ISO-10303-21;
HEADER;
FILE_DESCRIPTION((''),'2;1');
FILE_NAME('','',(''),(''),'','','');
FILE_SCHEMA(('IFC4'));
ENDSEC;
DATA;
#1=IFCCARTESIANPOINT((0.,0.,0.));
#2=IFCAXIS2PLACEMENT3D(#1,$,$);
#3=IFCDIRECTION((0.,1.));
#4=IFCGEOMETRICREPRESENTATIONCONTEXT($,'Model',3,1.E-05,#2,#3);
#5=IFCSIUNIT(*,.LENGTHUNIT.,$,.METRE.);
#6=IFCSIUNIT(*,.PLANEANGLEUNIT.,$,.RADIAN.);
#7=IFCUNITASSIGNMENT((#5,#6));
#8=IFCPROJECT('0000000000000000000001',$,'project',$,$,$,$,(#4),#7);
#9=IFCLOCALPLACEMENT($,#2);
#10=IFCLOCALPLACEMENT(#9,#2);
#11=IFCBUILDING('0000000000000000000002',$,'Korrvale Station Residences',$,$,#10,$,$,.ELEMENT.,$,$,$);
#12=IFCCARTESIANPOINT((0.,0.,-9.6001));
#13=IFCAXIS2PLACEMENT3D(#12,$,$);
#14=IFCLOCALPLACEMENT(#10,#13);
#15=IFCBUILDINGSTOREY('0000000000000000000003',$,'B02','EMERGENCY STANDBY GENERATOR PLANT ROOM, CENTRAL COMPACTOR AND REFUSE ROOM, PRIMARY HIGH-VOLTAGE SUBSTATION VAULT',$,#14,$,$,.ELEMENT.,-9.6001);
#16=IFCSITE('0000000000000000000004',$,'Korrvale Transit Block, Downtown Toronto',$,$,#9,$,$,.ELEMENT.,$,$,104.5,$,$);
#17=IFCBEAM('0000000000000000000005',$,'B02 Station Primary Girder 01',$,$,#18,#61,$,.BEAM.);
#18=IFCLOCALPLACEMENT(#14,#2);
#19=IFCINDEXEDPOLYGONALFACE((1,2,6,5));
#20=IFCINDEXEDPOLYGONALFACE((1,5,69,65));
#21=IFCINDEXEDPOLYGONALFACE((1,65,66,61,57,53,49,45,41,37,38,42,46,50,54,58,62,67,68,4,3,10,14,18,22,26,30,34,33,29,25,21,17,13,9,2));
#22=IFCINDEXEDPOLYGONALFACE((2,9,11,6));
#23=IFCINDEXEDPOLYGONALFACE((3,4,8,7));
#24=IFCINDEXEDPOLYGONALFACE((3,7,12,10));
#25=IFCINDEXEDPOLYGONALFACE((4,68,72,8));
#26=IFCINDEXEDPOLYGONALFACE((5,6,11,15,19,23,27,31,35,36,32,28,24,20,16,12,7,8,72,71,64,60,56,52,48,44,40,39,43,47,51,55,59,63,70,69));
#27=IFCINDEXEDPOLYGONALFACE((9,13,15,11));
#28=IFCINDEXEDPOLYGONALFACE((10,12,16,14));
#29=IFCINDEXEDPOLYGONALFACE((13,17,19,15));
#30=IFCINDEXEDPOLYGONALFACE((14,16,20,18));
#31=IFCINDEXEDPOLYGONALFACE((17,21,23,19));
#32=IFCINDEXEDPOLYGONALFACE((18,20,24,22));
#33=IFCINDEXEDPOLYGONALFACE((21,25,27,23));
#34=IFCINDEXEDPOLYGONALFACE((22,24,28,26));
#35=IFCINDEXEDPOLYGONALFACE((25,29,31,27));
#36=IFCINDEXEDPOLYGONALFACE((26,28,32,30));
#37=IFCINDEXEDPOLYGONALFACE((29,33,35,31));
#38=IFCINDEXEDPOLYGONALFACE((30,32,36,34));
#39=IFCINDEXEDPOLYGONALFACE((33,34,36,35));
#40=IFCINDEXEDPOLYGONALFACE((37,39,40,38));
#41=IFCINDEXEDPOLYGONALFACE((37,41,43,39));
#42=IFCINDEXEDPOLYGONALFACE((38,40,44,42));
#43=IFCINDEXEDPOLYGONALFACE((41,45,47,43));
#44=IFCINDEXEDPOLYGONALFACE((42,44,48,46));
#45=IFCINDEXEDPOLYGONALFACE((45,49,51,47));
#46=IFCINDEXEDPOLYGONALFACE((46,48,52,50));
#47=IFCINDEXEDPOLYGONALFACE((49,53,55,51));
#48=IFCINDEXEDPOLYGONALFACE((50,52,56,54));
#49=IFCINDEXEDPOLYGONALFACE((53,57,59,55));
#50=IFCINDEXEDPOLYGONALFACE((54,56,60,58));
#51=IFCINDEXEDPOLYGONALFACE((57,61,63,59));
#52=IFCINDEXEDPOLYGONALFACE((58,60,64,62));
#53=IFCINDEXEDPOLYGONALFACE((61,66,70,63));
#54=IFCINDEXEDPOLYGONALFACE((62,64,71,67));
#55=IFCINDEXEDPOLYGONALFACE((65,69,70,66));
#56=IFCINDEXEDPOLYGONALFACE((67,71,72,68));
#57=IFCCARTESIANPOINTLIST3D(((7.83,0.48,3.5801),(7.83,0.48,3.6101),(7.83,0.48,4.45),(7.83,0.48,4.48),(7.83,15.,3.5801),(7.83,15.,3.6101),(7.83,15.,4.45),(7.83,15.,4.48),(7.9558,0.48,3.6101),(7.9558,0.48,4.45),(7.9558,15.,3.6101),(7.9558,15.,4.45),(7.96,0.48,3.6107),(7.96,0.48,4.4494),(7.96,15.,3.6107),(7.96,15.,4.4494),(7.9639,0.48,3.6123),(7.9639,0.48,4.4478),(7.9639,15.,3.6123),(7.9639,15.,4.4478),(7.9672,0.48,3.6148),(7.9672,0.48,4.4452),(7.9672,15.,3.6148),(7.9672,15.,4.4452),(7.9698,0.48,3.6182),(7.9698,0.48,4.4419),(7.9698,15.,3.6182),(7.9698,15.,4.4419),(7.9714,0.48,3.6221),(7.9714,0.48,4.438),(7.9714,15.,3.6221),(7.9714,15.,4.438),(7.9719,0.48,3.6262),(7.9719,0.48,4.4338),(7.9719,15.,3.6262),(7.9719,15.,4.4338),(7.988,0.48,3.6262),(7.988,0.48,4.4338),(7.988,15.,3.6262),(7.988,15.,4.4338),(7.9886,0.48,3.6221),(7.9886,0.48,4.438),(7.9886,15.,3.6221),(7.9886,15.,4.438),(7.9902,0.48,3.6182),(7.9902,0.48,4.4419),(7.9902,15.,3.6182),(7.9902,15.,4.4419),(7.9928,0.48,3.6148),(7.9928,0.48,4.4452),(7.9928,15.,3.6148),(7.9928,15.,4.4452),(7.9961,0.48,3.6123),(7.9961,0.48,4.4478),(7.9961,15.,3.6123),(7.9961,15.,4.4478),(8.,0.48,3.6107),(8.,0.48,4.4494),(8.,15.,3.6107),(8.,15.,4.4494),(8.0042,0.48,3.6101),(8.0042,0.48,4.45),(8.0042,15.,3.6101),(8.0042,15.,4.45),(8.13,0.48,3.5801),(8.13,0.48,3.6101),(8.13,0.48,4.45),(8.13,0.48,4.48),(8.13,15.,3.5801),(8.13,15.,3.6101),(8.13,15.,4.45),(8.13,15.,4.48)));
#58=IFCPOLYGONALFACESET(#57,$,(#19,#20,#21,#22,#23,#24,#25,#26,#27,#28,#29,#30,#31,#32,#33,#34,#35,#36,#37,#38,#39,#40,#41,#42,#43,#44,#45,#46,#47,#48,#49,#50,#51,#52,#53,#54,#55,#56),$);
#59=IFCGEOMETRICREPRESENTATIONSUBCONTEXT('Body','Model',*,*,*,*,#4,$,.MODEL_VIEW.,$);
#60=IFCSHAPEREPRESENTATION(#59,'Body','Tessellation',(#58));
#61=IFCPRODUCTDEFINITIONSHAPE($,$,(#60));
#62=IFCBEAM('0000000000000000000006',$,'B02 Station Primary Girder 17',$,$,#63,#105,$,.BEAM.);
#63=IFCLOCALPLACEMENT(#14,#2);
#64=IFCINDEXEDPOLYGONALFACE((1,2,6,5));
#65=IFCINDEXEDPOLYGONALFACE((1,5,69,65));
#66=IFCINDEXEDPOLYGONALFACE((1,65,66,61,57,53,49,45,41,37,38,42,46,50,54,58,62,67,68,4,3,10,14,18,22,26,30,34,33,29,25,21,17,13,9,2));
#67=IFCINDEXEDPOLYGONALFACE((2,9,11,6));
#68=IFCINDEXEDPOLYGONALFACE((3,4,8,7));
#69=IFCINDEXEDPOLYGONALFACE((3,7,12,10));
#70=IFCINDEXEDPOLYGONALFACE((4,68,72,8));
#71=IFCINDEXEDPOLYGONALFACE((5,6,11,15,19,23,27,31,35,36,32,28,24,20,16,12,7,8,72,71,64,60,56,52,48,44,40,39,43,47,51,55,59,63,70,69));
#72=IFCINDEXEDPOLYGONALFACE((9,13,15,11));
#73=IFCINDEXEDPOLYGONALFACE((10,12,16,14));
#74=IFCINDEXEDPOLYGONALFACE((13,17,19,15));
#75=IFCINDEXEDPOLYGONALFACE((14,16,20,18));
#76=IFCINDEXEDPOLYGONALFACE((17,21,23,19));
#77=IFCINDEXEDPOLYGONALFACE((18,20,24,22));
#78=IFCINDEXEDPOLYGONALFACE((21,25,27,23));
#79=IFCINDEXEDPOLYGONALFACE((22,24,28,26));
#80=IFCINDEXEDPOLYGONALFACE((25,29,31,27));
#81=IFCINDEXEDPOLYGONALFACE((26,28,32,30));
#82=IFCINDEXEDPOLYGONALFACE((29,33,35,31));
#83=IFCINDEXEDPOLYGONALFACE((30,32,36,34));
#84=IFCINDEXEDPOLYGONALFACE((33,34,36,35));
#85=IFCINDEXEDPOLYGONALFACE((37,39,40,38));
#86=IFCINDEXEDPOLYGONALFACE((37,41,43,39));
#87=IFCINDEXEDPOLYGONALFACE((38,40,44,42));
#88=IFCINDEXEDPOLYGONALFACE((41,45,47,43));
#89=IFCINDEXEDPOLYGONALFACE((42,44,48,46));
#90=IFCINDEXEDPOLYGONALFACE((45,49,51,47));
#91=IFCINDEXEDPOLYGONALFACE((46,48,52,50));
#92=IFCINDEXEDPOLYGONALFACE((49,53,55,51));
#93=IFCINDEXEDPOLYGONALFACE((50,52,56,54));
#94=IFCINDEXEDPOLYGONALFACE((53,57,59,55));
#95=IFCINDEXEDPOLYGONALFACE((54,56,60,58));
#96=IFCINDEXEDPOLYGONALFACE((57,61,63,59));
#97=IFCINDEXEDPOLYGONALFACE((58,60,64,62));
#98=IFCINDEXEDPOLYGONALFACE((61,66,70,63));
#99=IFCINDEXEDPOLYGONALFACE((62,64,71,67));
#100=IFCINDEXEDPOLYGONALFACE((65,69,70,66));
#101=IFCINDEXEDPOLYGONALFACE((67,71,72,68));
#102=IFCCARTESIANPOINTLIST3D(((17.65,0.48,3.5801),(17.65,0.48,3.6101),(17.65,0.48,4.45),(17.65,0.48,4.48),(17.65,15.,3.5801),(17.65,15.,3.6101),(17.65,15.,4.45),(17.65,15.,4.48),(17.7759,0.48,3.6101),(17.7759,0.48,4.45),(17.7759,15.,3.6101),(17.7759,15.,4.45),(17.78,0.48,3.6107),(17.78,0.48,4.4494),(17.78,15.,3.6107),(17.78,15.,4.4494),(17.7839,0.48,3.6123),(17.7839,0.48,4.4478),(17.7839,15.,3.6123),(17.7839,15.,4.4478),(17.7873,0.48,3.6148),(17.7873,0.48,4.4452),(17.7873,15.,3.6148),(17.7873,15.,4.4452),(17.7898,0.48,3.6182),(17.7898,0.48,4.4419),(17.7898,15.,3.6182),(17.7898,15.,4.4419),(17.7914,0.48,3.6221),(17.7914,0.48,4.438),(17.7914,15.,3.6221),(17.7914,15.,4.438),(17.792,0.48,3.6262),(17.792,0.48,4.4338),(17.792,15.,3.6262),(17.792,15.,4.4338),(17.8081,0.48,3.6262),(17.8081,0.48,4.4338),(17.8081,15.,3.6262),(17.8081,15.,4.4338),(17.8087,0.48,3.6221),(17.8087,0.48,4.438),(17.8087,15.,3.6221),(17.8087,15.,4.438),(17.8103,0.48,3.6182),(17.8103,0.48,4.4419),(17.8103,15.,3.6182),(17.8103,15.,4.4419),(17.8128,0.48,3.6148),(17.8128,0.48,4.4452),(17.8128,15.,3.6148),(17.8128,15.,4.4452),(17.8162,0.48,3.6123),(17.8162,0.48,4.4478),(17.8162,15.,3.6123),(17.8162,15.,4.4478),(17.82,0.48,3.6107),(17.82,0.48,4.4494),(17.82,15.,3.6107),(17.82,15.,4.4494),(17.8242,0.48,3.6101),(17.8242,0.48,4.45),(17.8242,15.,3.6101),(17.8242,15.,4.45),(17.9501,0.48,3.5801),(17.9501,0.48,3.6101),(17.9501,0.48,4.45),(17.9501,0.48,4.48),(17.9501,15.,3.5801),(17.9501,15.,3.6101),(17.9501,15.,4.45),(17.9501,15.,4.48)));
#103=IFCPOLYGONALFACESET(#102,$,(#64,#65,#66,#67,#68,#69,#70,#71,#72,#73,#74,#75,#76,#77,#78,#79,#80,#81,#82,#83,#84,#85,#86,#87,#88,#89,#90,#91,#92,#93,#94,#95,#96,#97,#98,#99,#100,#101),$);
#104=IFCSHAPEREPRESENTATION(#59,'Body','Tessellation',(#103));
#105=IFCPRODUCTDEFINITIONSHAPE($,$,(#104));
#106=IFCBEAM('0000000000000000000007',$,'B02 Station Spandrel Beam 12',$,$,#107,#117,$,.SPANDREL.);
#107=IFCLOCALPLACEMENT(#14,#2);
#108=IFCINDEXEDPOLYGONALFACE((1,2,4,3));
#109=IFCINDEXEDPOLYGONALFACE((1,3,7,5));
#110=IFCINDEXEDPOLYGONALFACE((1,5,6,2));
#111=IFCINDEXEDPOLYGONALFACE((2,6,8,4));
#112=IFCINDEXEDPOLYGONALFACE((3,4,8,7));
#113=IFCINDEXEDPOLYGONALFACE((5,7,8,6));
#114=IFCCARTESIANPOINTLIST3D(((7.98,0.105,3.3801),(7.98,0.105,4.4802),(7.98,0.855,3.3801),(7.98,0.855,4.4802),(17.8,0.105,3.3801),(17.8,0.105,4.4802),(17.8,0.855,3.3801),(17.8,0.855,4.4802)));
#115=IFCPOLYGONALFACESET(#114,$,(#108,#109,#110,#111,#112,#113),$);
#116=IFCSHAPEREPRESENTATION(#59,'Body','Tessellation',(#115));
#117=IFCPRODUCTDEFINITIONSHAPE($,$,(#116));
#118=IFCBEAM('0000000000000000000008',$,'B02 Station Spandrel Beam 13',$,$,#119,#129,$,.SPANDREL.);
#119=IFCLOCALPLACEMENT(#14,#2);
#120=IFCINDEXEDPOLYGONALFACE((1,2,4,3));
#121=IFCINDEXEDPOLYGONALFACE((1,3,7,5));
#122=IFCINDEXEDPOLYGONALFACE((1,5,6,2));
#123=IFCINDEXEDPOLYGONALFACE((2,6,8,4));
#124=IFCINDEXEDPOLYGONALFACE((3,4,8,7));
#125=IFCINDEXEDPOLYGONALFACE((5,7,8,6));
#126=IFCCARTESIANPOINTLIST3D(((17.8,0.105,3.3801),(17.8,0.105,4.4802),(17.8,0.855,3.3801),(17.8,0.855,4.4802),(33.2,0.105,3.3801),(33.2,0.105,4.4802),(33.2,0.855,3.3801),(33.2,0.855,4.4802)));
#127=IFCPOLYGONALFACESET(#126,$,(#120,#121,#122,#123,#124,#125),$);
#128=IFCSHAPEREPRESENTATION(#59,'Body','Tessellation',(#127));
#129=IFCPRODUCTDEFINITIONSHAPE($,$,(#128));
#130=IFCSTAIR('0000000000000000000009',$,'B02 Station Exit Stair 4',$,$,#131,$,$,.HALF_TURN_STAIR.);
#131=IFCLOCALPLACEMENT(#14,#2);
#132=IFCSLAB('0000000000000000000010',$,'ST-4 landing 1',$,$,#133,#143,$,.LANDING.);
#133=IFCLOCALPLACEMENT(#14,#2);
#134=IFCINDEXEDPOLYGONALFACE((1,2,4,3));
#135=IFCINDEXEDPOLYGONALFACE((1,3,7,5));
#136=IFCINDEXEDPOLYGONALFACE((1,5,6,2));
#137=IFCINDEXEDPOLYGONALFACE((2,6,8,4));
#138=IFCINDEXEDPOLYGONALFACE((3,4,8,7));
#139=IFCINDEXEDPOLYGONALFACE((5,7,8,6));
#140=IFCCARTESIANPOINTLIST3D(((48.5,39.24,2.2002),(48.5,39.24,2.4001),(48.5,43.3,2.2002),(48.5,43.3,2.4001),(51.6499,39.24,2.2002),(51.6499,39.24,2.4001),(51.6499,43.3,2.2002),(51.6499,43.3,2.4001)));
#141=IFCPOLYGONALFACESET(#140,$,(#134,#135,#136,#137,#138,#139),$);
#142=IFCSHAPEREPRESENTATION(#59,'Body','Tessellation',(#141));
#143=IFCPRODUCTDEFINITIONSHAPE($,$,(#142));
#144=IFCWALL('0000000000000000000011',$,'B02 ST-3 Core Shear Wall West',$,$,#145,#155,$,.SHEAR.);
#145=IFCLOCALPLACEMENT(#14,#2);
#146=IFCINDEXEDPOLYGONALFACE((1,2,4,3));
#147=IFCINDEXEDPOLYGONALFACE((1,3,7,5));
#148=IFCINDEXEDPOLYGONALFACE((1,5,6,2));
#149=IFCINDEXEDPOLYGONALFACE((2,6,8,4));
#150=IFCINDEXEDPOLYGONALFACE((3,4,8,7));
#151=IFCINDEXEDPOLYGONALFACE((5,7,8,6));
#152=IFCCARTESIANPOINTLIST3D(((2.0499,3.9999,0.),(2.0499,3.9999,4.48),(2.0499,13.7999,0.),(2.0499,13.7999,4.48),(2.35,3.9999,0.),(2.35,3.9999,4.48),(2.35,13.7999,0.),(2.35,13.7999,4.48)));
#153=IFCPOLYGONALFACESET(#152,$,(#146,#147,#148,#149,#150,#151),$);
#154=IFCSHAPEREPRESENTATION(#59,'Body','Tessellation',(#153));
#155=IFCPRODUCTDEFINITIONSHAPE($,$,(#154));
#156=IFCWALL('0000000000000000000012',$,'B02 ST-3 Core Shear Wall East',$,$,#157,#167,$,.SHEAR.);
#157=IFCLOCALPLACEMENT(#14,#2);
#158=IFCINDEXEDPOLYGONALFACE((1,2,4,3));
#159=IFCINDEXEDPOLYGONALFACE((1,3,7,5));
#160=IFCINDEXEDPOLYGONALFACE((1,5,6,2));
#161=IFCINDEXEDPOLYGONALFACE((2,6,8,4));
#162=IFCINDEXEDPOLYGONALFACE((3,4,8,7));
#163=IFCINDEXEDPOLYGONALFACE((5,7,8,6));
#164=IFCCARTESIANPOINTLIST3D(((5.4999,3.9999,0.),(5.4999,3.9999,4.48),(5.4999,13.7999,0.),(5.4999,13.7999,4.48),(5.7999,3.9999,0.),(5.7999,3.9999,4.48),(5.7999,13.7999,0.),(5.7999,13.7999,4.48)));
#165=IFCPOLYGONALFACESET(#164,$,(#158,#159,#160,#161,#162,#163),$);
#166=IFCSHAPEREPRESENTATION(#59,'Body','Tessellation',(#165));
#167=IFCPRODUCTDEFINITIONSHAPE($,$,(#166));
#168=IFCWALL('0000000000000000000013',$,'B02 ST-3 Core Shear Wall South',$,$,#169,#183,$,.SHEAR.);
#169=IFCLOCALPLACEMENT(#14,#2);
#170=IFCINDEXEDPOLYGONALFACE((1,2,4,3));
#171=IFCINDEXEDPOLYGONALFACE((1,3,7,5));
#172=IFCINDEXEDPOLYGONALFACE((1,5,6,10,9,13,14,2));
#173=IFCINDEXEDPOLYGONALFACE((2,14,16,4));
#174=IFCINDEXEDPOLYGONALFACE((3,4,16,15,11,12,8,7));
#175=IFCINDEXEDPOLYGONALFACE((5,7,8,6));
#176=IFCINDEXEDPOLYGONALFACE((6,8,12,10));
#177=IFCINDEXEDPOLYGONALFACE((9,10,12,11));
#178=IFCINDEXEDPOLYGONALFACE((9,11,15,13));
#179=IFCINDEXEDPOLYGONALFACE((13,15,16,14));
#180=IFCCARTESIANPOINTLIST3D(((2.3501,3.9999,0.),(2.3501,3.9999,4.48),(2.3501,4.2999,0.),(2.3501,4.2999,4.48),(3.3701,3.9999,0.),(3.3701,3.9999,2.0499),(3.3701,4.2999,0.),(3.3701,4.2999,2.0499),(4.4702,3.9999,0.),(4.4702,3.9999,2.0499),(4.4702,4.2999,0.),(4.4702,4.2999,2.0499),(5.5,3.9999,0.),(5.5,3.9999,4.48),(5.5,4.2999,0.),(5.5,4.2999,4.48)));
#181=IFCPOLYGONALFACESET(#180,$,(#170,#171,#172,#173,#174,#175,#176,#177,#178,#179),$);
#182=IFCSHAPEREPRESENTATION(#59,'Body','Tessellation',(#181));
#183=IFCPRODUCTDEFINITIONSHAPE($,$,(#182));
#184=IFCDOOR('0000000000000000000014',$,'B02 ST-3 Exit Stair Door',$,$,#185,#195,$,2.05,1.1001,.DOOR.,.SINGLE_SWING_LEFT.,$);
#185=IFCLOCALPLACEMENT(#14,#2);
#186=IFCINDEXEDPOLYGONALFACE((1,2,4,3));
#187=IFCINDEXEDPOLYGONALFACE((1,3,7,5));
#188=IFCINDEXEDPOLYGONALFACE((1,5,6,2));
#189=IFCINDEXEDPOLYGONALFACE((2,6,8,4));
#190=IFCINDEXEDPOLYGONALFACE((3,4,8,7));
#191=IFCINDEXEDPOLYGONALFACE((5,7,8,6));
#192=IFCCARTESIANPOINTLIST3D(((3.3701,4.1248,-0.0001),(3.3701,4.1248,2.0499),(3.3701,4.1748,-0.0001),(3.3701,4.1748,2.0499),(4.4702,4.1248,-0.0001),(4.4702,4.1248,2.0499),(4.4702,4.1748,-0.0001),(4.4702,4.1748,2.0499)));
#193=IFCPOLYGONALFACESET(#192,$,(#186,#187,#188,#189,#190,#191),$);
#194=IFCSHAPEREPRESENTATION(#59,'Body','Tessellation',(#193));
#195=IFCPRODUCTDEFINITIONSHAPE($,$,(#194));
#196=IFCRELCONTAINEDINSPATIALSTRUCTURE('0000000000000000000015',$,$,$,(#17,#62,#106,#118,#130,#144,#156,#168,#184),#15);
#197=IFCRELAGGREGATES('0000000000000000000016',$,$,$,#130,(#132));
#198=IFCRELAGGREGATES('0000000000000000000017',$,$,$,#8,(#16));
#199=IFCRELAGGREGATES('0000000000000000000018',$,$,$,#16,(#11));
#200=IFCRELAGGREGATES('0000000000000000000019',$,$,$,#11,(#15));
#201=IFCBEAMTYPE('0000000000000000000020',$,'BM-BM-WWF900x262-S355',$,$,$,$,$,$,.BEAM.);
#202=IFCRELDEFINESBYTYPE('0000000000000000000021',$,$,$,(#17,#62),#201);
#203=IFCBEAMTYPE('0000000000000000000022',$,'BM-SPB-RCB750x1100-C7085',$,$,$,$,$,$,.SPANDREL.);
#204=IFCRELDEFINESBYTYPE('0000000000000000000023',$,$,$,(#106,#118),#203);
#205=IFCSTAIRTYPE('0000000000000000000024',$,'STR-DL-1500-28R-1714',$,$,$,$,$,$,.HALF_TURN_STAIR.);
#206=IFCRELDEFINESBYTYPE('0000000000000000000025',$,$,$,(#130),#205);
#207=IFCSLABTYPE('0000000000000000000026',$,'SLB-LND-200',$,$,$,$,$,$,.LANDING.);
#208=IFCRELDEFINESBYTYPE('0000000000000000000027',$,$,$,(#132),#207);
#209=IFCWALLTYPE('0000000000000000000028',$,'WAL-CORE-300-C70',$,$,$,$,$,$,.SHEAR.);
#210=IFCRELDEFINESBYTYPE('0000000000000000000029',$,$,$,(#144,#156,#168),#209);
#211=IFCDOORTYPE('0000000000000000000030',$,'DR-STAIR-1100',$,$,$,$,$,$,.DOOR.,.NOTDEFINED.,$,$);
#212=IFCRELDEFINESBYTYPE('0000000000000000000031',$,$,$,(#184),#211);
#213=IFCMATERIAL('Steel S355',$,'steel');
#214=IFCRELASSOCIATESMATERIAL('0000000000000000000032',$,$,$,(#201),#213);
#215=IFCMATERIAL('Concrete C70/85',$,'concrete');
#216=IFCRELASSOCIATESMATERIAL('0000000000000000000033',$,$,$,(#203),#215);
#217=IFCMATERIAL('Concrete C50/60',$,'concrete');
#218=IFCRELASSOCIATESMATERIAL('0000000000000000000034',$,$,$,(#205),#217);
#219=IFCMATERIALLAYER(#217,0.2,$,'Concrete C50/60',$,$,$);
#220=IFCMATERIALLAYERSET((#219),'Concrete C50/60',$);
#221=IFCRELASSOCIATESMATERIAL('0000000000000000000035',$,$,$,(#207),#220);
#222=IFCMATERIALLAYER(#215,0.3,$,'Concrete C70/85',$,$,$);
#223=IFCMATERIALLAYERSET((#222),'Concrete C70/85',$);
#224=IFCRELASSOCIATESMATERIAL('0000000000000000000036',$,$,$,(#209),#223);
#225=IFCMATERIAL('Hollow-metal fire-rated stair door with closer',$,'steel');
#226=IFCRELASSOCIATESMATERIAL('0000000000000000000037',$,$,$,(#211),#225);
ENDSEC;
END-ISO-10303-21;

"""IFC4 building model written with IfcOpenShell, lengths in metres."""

from ifc_helpers import new_model, si_unit, direction, frame, frame_2d, origin, origin_2d, place, context, subcontext, project, spatial, polyline, rectangle, i_section, outline, extrude, material, layer, layer_set, material_profile, profile_set, type_object, element, fill, aggregate, save


model = new_model("IFC4")

# Units and contexts
model_context = context("Model", 3, precision=1e-05, world=origin(), true_north=direction((0.0, 1.0)))
body_context = subcontext(model_context, "Body", "Model", "MODEL_VIEW")
ifc_project = project(units=[si_unit("LENGTHUNIT", "METRE"), si_unit("PLANEANGLEUNIT", "RADIAN")], contexts=[model_context])

# Site, building, storey
site_placement = place(None, origin())
site = spatial("IfcSite", under=ifc_project, at=site_placement, Name="Korrvale Transit Block, Downtown Toronto", CompositionType="ELEMENT", RefElevation=104.5)
building_placement = place(site_placement, origin())
building = spatial("IfcBuilding", under=site, at=building_placement, Name="Korrvale Station Residences", CompositionType="ELEMENT")
storey_placement = place(building_placement, frame((0.0, 0.0, -9.6001)))
storey = spatial("IfcBuildingStorey", under=building, at=storey_placement, Name="B02", Description="EMERGENCY STANDBY GENERATOR PLANT ROOM, CENTRAL COMPACTOR AND REFUSE ROOM, PRIMARY HIGH-VOLTAGE SUBSTATION VAULT", CompositionType="ELEMENT", Elevation=-9.6001)

# Shared definitions
ifc_material_1 = material(Name="Concrete C50/60", Category="concrete")

# Shared definitions
ifc_material_2 = material(Name="Concrete C70/85", Category="concrete")

# Beams
ifc_material_3 = material(Name="Steel S355", Category="steel")
ifc_material_profile_1 = material_profile(ifc_material_3, i_section(OverallWidth=0.3, OverallDepth=0.8999, WebThickness=0.0161, FlangeThickness=0.03, FilletRadius=0.0161, at=origin_2d()), Name="WWF900x262")
ifc_profile_set_1 = profile_set([ifc_material_profile_1], Name="Steel S355")
beam_type_1 = type_object("IfcBeamType", Name="BM-BM-WWF900x262-S355", PredefinedType="BEAM", material=ifc_profile_set_1)
for number, where, z_axis, x_axis, name in (
    (1, (7.98, 0.48, 4.03), (0.0, 1.0, 0.0), (-1.0, 0.0, 0.0), "B02 Station Primary Girder 01"),
    (2, (17.8, 0.48, 4.03), (0.0, 1.0, 0.0), (-1.0, 0.0, 0.0), "B02 Station Primary Girder 17"),
):
    element("IfcBeam", number, at=place(storey_placement, frame(where, z_axis=z_axis, x_axis=x_axis)), inside=storey, type_object=beam_type_1, Name=name, PredefinedType="BEAM", context=body_context, shape_type="SweptSolid", body=[
        extrude(i_section(OverallWidth=0.3, OverallDepth=0.8999, WebThickness=0.0161, FlangeThickness=0.03, FilletRadius=0.0161, at=origin_2d()), origin(), (0.0, 0.0, 1.0), 14.52),
    ])
ifc_material_profile_2 = material_profile(ifc_material_2, rectangle(XDim=0.75, YDim=1.1001, at=origin_2d()), Name="RCB750x1100")
ifc_profile_set_2 = profile_set([ifc_material_profile_2], Name="Concrete C70/85")
beam_type_2 = type_object("IfcBeamType", Name="BM-SPB-RCB750x1100-C7085", PredefinedType="SPANDREL", material=ifc_profile_set_2)
beam_1_placement = place(storey_placement, frame((7.98, 0.48, 3.9302), z_axis=(1.0, 0.0, 0.0), x_axis=(0.0, 1.0, 0.0)))
element("IfcBeam", 3, at=beam_1_placement, inside=storey, type_object=beam_type_2, Name="B02 Station Spandrel Beam 12", PredefinedType="SPANDREL", context=body_context, shape_type="SweptSolid", body=[
    extrude(rectangle(XDim=0.75, YDim=1.1001, at=origin_2d()), origin(), (0.0, 0.0, 1.0), 9.8201),
])
beam_2_placement = place(storey_placement, frame((17.8, 0.48, 3.9302), z_axis=(1.0, 0.0, 0.0), x_axis=(0.0, 1.0, 0.0)))
element("IfcBeam", 4, at=beam_2_placement, inside=storey, type_object=beam_type_2, Name="B02 Station Spandrel Beam 13", PredefinedType="SPANDREL", context=body_context, shape_type="SweptSolid", body=[
    extrude(rectangle(XDim=0.75, YDim=1.1001, at=origin_2d()), origin(), (0.0, 0.0, 1.0), 15.3999),
])

# Stair, slab
stair_type = type_object("IfcStairType", Name="STR-DL-1500-28R-1714", PredefinedType="HALF_TURN_STAIR", material=ifc_material_1)
stair_1_placement = place(storey_placement, origin())
stair_1 = element("IfcStair", 5, at=stair_1_placement, inside=storey, type_object=stair_type, Name="B02 Station Exit Stair 4", PredefinedType="HALF_TURN_STAIR")
ifc_layer_1 = layer(ifc_material_1, 0.2, Name="Concrete C50/60")
ifc_layer_set_1 = layer_set([ifc_layer_1], Name="Concrete C50/60")
slab_type = type_object("IfcSlabType", Name="SLB-LND-200", PredefinedType="LANDING", material=ifc_layer_set_1)
slab_placement = place(storey_placement, frame((0.0, 0.0, 2.2002)))
slab = element("IfcSlab", 6, at=slab_placement, type_object=slab_type, Name="ST-4 landing 1", PredefinedType="LANDING", context=body_context, shape_type="SweptSolid", body=[
    extrude(outline(polyline([(51.6499, 39.24), (51.6499, 43.3), (48.5, 43.3), (48.5, 39.24), (51.6499, 39.24)])), origin(), (0.0, 0.0, 1.0), 0.2),
])
aggregate(stair_1, [slab])

# Walls
ifc_layer_2 = layer(ifc_material_2, 0.3, Name="Concrete C70/85")
ifc_layer_set_2 = layer_set([ifc_layer_2], Name="Concrete C70/85")
wall_type_1 = type_object("IfcWallType", Name="WAL-CORE-300-C70", PredefinedType="SHEAR", material=ifc_layer_set_2)
for number, where, z_axis, x_axis, name in (
    (7, (2.2, 4.0, 0.0), (0.0, 0.0, 1.0), (0.0, 1.0, 0.0), "B02 ST-3 Core Shear Wall West"),
    (8, (5.6499, 4.0, 0.0), (0.0, 0.0, 1.0), (0.0, 1.0, 0.0), "B02 ST-3 Core Shear Wall East"),
):
    element("IfcWall", number, at=place(storey_placement, frame(where, z_axis=z_axis, x_axis=x_axis)), inside=storey, type_object=wall_type_1, Name=name, PredefinedType="SHEAR", context=body_context, shape_type="SweptSolid", body=[
        extrude(rectangle(XDim=9.8, YDim=0.3, at=frame_2d((4.8999, 0.0))), origin(), (0.0, 0.0, 1.0), 4.48),
    ])

# Wall, opening, door
wall_1_placement = place(storey_placement, frame((2.3501, 4.1499, 0.0), z_axis=(0.0, 0.0, 1.0), x_axis=(1.0, 0.0, 0.0)))
wall_1 = element("IfcWall", 9, at=wall_1_placement, inside=storey, type_object=wall_type_1, Name="B02 ST-3 Core Shear Wall South", PredefinedType="SHEAR", context=body_context, shape_type="SweptSolid", body=[
    extrude(rectangle(XDim=3.1499, YDim=0.3, at=frame_2d((1.575, 0.0))), origin(), (0.0, 0.0, 1.0), 4.48),
])
opening_placement = place(wall_1_placement, frame((1.02, 0.0, 0.0)))
opening = element("IfcOpeningElement", 10, at=opening_placement, cuts=wall_1, PredefinedType="OPENING", context=body_context, shape_type="SweptSolid", body=[
    extrude(rectangle(XDim=1.1001, YDim=2.05, at=frame_2d((0.55, 1.0249))), frame((0.0, 0.1602, 0.0), z_axis=(0.0, -1.0, 0.0), x_axis=(1.0, 0.0, 0.0)), (0.0, 0.0, 1.0), 0.3201),
])
ifc_material_4 = material(Name="Hollow-metal fire-rated stair door with closer", Category="steel")
door_type = type_object("IfcDoorType", Name="DR-STAIR-1100", OperationType="NOTDEFINED", PredefinedType="DOOR", material=ifc_material_4)
door_placement = place(opening_placement, origin())
door = element("IfcDoor", 11, at=door_placement, inside=storey, type_object=door_type, Name="B02 ST-3 Exit Stair Door", OperationType="SINGLE_SWING_LEFT", OverallHeight=2.05, OverallWidth=1.1001, PredefinedType="DOOR", context=body_context, shape_type="SweptSolid", body=[
    extrude(rectangle(XDim=1.1001, YDim=2.05, at=frame_2d((0.55, 1.0249))), frame((0.0, 0.0249, 0.0), z_axis=(0.0, -1.0, 0.0), x_axis=(1.0, 0.0, 0.0)), (0.0, 0.0, 1.0), 0.05),
])
fill(opening, door)

save(model, "model.ifc")
